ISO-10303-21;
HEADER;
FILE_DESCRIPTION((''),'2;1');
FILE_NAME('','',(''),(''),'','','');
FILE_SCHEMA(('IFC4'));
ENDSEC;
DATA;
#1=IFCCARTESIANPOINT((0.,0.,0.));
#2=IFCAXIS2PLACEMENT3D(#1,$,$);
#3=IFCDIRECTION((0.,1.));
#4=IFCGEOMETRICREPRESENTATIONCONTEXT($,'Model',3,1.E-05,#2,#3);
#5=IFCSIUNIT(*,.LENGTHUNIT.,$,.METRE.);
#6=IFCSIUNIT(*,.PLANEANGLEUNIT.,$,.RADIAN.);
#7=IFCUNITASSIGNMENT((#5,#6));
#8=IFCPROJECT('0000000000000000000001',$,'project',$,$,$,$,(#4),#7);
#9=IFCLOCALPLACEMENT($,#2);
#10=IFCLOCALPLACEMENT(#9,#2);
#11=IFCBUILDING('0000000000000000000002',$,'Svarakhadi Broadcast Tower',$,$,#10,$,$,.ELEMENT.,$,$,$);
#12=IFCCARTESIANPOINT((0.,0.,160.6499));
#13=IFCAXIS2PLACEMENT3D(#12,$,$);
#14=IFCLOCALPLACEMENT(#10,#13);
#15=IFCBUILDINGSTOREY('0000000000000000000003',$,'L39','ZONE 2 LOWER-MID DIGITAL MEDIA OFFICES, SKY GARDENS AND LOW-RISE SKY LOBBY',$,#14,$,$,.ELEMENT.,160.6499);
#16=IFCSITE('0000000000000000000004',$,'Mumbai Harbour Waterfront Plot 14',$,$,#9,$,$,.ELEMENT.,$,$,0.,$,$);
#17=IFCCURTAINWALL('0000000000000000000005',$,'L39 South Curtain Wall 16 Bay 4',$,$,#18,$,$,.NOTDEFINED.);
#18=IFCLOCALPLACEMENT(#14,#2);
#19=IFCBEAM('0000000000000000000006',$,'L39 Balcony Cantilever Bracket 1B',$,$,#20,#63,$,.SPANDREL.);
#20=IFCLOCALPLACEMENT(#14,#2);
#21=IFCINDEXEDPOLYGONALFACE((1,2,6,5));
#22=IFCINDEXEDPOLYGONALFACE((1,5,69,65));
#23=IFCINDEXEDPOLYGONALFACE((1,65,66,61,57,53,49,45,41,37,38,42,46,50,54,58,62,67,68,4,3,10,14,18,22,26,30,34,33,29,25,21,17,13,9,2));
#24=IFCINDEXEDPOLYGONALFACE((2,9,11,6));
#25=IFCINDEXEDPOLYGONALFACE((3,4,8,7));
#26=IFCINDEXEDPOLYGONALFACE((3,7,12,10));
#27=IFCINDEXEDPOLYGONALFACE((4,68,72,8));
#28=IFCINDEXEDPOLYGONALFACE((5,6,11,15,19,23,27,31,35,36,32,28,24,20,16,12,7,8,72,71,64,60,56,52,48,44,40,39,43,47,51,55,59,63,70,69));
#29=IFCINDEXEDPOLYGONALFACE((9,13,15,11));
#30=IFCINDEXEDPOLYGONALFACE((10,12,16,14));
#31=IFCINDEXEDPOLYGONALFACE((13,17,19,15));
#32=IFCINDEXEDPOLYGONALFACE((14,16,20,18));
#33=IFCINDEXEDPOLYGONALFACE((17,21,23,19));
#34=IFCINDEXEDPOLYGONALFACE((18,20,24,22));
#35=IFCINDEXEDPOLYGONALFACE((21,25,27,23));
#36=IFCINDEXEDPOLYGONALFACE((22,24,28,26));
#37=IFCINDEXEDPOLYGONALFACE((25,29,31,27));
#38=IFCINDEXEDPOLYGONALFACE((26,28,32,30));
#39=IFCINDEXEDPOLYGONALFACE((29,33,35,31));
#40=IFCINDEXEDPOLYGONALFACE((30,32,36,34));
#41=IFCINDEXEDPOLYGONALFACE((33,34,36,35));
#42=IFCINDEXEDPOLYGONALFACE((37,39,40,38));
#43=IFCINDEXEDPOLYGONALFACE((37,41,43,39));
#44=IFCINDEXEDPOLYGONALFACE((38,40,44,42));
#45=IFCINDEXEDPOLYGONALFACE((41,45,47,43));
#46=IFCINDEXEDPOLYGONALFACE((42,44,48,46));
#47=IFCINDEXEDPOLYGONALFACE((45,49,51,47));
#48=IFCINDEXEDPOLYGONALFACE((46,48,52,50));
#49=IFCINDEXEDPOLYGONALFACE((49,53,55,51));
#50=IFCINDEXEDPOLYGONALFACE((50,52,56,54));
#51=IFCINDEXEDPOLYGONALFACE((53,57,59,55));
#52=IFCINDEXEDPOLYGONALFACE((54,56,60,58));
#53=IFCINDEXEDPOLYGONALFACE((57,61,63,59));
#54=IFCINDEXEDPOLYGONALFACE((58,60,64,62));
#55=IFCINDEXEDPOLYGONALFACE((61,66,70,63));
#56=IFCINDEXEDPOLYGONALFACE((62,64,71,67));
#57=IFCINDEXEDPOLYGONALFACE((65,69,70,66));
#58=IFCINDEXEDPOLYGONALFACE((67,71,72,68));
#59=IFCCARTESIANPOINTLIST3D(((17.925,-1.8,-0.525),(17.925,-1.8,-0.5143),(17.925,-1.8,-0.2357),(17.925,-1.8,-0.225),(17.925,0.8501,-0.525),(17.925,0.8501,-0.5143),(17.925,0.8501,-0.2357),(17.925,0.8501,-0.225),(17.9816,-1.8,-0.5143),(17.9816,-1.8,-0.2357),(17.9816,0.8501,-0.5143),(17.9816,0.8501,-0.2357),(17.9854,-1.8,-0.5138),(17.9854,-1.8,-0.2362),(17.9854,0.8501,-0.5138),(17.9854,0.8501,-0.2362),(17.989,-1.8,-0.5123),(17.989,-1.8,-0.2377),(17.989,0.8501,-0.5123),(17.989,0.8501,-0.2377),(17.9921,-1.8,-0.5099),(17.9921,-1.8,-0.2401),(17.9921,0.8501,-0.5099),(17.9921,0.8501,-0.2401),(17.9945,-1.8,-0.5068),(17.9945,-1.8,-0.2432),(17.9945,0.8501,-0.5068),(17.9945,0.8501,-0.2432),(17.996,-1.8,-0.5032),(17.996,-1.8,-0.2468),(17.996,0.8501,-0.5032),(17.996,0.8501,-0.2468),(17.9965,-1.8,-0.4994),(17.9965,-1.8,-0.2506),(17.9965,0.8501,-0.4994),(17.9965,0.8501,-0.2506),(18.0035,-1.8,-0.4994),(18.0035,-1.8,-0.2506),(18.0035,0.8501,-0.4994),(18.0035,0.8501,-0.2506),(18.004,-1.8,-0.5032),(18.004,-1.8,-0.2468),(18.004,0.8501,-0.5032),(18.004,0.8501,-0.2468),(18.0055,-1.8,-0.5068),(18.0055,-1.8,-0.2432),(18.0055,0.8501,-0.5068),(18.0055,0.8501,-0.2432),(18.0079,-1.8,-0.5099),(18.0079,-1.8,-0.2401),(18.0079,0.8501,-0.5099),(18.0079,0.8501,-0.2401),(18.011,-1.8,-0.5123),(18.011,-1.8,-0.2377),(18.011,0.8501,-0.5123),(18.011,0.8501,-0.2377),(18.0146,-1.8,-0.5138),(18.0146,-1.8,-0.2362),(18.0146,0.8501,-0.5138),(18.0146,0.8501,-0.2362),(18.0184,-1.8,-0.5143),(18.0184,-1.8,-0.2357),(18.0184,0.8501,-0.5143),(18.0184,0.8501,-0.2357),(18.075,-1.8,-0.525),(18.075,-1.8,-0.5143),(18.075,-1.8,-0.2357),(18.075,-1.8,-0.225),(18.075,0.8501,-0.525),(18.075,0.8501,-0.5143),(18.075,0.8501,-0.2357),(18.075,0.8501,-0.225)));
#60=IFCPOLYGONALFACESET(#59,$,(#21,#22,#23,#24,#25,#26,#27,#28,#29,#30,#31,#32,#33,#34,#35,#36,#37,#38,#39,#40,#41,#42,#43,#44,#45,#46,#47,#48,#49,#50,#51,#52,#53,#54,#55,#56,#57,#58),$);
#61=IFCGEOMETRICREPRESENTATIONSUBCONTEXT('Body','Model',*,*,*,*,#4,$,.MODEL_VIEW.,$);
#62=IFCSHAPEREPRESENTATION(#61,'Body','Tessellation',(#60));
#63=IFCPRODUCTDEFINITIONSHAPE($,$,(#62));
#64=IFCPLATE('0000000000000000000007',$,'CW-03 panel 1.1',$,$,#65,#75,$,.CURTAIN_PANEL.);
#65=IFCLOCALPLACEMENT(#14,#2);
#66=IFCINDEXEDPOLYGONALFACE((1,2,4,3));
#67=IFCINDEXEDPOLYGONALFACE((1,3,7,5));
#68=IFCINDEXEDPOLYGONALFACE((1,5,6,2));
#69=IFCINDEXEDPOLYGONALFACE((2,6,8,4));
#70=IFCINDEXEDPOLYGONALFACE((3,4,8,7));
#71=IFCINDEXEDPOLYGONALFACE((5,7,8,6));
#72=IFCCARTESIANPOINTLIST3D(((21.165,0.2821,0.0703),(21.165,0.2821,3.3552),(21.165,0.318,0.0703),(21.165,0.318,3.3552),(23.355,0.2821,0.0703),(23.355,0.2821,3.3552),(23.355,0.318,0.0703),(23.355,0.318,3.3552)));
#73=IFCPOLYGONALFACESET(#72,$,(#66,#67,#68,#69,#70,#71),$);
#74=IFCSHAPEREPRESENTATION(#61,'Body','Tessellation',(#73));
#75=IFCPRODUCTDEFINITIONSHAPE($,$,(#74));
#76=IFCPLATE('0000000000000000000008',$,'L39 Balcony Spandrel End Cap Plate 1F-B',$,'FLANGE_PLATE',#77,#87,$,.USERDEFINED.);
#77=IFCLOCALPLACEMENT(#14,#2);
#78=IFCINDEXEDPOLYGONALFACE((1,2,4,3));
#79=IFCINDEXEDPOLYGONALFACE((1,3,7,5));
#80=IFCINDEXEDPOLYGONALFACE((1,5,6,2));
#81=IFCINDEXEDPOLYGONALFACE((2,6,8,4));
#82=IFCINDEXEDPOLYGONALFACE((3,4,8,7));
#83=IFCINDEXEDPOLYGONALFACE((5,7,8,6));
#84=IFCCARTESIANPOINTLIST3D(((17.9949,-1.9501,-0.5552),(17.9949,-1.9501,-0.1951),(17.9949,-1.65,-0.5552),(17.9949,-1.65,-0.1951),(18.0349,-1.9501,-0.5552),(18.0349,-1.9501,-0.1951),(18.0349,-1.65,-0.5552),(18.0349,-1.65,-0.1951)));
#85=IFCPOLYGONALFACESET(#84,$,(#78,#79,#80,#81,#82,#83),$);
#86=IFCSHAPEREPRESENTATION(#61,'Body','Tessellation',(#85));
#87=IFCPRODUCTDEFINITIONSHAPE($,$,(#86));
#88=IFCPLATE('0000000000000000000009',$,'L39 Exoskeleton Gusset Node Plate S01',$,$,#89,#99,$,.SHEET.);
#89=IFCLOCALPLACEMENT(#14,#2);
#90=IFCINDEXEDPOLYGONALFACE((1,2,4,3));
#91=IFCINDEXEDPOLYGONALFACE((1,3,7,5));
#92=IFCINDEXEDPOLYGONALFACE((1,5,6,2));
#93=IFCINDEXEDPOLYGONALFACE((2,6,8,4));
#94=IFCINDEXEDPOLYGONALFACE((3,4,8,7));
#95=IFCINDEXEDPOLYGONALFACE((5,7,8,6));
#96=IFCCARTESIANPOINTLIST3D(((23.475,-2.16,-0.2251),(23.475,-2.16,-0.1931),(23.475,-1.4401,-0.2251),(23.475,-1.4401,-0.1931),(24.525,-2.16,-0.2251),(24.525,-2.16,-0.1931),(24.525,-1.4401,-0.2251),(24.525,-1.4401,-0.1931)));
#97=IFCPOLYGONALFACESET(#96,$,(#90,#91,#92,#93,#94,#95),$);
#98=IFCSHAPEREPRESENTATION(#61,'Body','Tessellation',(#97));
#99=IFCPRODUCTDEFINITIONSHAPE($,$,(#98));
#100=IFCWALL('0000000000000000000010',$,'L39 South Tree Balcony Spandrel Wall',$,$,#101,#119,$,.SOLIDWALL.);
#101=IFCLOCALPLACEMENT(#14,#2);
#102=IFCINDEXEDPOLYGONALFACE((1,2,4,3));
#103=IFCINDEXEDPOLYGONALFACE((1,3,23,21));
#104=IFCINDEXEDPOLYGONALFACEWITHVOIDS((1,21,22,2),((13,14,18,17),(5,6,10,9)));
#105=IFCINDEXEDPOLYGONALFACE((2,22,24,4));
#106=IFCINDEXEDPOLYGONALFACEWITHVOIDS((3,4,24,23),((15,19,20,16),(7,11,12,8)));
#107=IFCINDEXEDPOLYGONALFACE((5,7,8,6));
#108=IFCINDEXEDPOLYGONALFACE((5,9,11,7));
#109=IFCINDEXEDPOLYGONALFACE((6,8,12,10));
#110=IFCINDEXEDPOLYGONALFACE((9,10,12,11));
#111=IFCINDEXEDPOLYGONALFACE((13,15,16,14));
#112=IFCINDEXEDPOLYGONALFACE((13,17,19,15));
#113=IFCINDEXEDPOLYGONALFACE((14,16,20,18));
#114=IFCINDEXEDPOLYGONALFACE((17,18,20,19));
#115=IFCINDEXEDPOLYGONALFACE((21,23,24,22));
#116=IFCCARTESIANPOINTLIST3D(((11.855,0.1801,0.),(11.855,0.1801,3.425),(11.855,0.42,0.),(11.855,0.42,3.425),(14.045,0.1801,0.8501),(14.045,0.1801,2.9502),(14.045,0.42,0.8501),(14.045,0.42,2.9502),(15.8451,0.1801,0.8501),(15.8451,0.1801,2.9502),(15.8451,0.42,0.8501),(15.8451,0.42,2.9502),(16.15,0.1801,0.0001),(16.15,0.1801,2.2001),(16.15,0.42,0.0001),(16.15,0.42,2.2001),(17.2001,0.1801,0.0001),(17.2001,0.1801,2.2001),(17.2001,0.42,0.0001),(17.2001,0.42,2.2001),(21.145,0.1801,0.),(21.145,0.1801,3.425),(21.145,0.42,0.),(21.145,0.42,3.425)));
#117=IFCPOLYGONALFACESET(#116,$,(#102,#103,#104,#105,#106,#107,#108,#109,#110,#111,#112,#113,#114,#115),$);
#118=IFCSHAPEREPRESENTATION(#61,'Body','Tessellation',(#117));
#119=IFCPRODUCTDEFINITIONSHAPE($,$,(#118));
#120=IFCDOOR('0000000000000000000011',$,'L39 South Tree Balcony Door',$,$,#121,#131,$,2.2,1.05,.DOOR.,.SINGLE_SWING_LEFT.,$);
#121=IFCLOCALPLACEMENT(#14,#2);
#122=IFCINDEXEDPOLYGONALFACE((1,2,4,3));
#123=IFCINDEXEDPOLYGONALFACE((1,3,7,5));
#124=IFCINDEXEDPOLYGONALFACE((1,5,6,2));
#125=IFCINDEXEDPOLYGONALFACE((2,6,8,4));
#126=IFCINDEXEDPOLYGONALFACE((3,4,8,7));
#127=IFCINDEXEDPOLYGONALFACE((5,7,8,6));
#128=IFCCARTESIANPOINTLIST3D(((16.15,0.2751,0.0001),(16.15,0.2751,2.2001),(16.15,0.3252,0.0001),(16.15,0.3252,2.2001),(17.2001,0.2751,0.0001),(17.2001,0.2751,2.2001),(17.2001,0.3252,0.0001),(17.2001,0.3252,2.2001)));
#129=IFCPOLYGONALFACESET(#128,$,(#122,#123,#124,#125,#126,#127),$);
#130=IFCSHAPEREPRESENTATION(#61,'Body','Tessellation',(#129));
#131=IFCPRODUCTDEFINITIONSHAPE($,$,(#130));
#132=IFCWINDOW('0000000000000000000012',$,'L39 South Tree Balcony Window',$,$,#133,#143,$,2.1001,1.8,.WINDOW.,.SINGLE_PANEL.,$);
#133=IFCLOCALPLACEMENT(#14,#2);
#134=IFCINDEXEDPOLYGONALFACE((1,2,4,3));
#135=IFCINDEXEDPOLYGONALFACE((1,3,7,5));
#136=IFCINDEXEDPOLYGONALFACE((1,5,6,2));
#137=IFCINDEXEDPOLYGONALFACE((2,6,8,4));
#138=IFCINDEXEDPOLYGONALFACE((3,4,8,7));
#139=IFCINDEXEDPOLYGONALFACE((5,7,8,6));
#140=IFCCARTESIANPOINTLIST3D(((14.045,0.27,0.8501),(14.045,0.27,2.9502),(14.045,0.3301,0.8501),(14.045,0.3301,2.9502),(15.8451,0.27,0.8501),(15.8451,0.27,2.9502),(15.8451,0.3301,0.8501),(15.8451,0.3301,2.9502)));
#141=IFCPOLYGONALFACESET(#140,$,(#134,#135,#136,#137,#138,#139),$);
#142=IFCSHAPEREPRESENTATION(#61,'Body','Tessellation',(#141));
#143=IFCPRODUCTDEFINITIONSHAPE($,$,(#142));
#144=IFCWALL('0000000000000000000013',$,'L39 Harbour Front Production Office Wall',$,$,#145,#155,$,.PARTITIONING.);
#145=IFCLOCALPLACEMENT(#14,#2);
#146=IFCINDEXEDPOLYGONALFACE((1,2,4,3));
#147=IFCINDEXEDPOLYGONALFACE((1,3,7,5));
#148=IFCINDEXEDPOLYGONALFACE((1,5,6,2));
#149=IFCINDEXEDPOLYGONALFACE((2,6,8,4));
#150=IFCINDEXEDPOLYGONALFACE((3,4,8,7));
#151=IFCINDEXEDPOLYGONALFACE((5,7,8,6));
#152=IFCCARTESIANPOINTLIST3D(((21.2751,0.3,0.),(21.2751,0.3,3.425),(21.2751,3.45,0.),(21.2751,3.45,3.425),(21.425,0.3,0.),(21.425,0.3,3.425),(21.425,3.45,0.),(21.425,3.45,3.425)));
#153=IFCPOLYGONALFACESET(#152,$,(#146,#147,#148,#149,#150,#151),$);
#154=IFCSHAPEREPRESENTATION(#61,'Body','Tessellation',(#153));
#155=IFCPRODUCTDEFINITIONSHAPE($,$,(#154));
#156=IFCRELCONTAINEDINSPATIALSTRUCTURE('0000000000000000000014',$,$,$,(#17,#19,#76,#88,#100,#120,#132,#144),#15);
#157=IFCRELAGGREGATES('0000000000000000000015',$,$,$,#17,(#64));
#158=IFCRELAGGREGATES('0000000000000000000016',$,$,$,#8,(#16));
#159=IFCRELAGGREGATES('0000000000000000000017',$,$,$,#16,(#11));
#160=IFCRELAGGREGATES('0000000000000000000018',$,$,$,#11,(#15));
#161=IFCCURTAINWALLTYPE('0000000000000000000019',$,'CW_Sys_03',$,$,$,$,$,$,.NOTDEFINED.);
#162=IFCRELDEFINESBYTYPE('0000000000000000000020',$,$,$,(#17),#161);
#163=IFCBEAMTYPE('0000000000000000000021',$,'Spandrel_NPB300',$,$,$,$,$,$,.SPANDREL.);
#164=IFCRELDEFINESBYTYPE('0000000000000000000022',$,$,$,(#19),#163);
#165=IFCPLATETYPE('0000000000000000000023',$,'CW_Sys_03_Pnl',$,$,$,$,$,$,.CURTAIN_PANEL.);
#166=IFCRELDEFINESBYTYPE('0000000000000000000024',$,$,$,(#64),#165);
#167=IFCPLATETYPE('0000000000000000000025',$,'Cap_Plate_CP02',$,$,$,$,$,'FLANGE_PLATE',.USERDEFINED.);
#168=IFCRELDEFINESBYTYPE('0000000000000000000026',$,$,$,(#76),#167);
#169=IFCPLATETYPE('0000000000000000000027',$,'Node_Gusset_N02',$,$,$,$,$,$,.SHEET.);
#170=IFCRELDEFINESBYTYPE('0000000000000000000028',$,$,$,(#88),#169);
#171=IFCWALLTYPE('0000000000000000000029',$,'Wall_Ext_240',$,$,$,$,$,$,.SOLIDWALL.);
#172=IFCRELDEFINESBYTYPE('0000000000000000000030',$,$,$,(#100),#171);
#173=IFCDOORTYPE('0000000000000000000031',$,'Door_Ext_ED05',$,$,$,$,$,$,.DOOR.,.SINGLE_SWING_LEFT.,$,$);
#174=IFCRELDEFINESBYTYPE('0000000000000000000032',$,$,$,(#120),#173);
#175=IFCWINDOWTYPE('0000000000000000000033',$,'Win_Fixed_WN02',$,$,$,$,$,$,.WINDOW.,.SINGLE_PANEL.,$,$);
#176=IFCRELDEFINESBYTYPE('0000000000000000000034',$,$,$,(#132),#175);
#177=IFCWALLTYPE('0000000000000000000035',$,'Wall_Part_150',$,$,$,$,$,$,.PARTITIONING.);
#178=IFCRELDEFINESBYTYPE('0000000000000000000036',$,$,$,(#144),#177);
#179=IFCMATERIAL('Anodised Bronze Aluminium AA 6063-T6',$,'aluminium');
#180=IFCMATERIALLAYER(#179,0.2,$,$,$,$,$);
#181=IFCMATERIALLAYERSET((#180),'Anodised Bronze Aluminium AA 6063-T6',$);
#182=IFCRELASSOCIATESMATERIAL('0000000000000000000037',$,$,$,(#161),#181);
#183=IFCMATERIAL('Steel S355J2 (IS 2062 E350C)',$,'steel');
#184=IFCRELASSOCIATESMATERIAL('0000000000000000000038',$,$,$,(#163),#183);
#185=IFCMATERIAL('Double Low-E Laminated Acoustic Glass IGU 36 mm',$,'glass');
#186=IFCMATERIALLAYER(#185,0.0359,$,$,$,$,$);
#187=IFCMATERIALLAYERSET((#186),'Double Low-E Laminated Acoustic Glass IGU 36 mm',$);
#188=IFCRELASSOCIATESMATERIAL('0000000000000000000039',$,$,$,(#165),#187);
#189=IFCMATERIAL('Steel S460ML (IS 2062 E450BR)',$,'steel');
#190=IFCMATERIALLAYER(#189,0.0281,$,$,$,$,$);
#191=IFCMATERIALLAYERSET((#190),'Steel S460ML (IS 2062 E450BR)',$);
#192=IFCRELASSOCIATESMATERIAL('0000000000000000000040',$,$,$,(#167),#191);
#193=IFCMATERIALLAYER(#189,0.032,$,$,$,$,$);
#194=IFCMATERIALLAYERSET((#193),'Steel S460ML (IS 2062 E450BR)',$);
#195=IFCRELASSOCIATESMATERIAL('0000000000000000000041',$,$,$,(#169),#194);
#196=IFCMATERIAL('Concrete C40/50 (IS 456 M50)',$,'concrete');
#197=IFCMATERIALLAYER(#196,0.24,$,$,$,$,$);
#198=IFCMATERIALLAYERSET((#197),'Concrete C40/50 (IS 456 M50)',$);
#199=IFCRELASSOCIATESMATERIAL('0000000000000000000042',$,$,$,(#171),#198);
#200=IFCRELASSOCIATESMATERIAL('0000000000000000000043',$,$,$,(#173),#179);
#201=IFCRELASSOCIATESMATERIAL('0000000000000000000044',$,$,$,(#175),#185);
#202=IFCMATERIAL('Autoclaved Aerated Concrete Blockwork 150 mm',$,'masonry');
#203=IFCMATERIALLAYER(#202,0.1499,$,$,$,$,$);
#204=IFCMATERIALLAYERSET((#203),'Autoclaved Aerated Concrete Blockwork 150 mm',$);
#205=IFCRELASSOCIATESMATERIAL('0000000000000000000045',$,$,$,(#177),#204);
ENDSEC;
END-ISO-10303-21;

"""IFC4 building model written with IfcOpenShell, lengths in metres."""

from ifc_helpers import new_model, si_unit, direction, frame, frame_2d, origin, origin_2d, place, context, subcontext, project, spatial, rectangle, i_section, extrude, material, layer, layer_set, material_profile, profile_set, type_object, element, fill, aggregate, save


model = new_model("IFC4")

# Units and contexts
model_context = context("Model", 3, precision=1e-05, world=origin(), true_north=direction((0.0, 1.0)))
body_context = subcontext(model_context, "Body", "Model", "MODEL_VIEW")
ifc_project = project(units=[si_unit("LENGTHUNIT", "METRE"), si_unit("PLANEANGLEUNIT", "RADIAN")], contexts=[model_context])

# Site, building, storey
site_placement = place(None, origin())
site = spatial("IfcSite", under=ifc_project, at=site_placement, Name="Mumbai Harbour Waterfront Plot 14", CompositionType="ELEMENT", RefElevation=0.0)
building_placement = place(site_placement, origin())
building = spatial("IfcBuilding", under=site, at=building_placement, Name="Svarakhadi Broadcast Tower", CompositionType="ELEMENT")
storey_placement = place(building_placement, frame((0.0, 0.0, 160.6499)))
storey = spatial("IfcBuildingStorey", under=building, at=storey_placement, Name="L39", Description="ZONE 2 LOWER-MID DIGITAL MEDIA OFFICES, SKY GARDENS AND LOW-RISE SKY LOBBY", CompositionType="ELEMENT", Elevation=160.6499)

# Curtain wall
ifc_material_1 = material(Name="Anodised Bronze Aluminium AA 6063-T6", Category="aluminium")
ifc_layer_1 = layer(ifc_material_1, 0.2)
ifc_layer_set_1 = layer_set([ifc_layer_1], Name="Anodised Bronze Aluminium AA 6063-T6")
curtain_wall_type = type_object("IfcCurtainWallType", Name="CW_Sys_03", PredefinedType="NOTDEFINED", material=ifc_layer_set_1)
curtain_wall_placement = place(storey_placement, origin())
curtain_wall = element("IfcCurtainWall", 1, at=curtain_wall_placement, inside=storey, type_object=curtain_wall_type, Name="L39 South Curtain Wall 16 Bay 4", PredefinedType="NOTDEFINED")

# Shared definitions
ifc_material_2 = material(Name="Steel S460ML (IS 2062 E450BR)", Category="steel")

# Beam
ifc_material_3 = material(Name="Steel S355J2 (IS 2062 E350C)", Category="steel")
ifc_material_profile_1 = material_profile(ifc_material_3, i_section(OverallWidth=0.1499, OverallDepth=0.3, WebThickness=0.0071, FlangeThickness=0.0107, FilletRadius=0.0149, at=origin_2d()), Name="NPB 300x150x37")
ifc_profile_set_1 = profile_set([ifc_material_profile_1], Name="Steel S355J2 (IS 2062 E350C)")
beam_type_1 = type_object("IfcBeamType", Name="Spandrel_NPB300", PredefinedType="SPANDREL", material=ifc_profile_set_1)
beam_1_placement = place(storey_placement, frame((18.0, 0.8501, -0.375), z_axis=(0.0, -1.0, 0.0), x_axis=(1.0, 0.0, 0.0)))
element("IfcBeam", 2, at=beam_1_placement, inside=storey, type_object=beam_type_1, Name="L39 Balcony Cantilever Bracket 1B", PredefinedType="SPANDREL", context=body_context, shape_type="SweptSolid", body=[
    extrude(i_section(OverallWidth=0.1499, OverallDepth=0.3, WebThickness=0.0071, FlangeThickness=0.0107, FilletRadius=0.0149, at=origin_2d()), origin(), (0.0, 0.0, 1.0), 2.6501),
])

# Plate
ifc_material_4 = material(Name="Double Low-E Laminated Acoustic Glass IGU 36 mm", Category="glass")
ifc_layer_2 = layer(ifc_material_4, 0.0359)
ifc_layer_set_2 = layer_set([ifc_layer_2], Name="Double Low-E Laminated Acoustic Glass IGU 36 mm")
plate_type_1 = type_object("IfcPlateType", Name="CW_Sys_03_Pnl", PredefinedType="CURTAIN_PANEL", material=ifc_layer_set_2)
plate_1_placement = place(storey_placement, frame((22.26, 0.3, 0.0703), z_axis=(0.0, 0.0, 1.0), x_axis=(-1.0, 0.0, 0.0)))
plate_1 = element("IfcPlate", 3, at=plate_1_placement, type_object=plate_type_1, Name="CW-03 panel 1.1", PredefinedType="CURTAIN_PANEL", context=body_context, shape_type="SweptSolid", body=[
    extrude(rectangle(XDim=2.1899, YDim=0.0359, at=origin_2d()), origin(), (0.0, 0.0, 1.0), 3.2849),
])
aggregate(curtain_wall, [plate_1])

# Plates
ifc_layer_3 = layer(ifc_material_2, 0.0281)
ifc_layer_set_3 = layer_set([ifc_layer_3], Name="Steel S460ML (IS 2062 E450BR)")
plate_type_2 = type_object("IfcPlateType", Name="Cap_Plate_CP02", ElementType="FLANGE_PLATE", PredefinedType="USERDEFINED", material=ifc_layer_set_3)
plate_2_placement = place(storey_placement, frame((18.0149, -1.8, -0.5552), z_axis=(0.0, 0.0, 1.0), x_axis=(1.0, 0.0, 0.0)))
element("IfcPlate", 4, at=plate_2_placement, inside=storey, type_object=plate_type_2, Name="L39 Balcony Spandrel End Cap Plate 1F-B", ObjectType="FLANGE_PLATE", PredefinedType="USERDEFINED", context=body_context, shape_type="SweptSolid", body=[
    extrude(rectangle(XDim=0.04, YDim=0.3, at=origin_2d()), origin(), (0.0, 0.0, 1.0), 0.3601),
])
ifc_layer_4 = layer(ifc_material_2, 0.032)
ifc_layer_set_4 = layer_set([ifc_layer_4], Name="Steel S460ML (IS 2062 E450BR)")
plate_type_3 = type_object("IfcPlateType", Name="Node_Gusset_N02", PredefinedType="SHEET", material=ifc_layer_set_4)
plate_3_placement = place(storey_placement, frame((24.0, -1.8, -0.2251), z_axis=(0.0, 0.0, 1.0), x_axis=(1.0, 0.0, 0.0)))
element("IfcPlate", 5, at=plate_3_placement, inside=storey, type_object=plate_type_3, Name="L39 Exoskeleton Gusset Node Plate S01", PredefinedType="SHEET", context=body_context, shape_type="SweptSolid", body=[
    extrude(rectangle(XDim=1.05, YDim=0.72, at=origin_2d()), origin(), (0.0, 0.0, 1.0), 0.032),
])

# Wall, openings, door, window
ifc_material_5 = material(Name="Concrete C40/50 (IS 456 M50)", Category="concrete")
ifc_layer_5 = layer(ifc_material_5, 0.24)
ifc_layer_set_5 = layer_set([ifc_layer_5], Name="Concrete C40/50 (IS 456 M50)")
wall_type_1 = type_object("IfcWallType", Name="Wall_Ext_240", PredefinedType="SOLIDWALL", material=ifc_layer_set_5)
wall_1_placement = place(storey_placement, frame((21.145, 0.3, 0.0), z_axis=(0.0, 0.0, 1.0), x_axis=(-1.0, 0.0, 0.0)))
wall_1 = element("IfcWall", 6, at=wall_1_placement, inside=storey, type_object=wall_type_1, Name="L39 South Tree Balcony Spandrel Wall", PredefinedType="SOLIDWALL", context=body_context, shape_type="SweptSolid", body=[
    extrude(rectangle(XDim=9.29, YDim=0.24, at=frame_2d((4.645, 0.0))), origin(), (0.0, 0.0, 1.0), 3.425),
])
opening_1_placement = place(wall_1_placement, frame((3.9451, 0.0, 0.0)))
opening_1 = element("IfcOpeningElement", 7, at=opening_1_placement, cuts=wall_1, PredefinedType="OPENING", context=body_context, shape_type="SweptSolid", body=[
    extrude(rectangle(XDim=1.05, YDim=2.2, at=frame_2d((0.5249, 1.1001))), frame((0.0, 0.1299, 0.0), z_axis=(0.0, -1.0, 0.0), x_axis=(1.0, 0.0, 0.0)), (0.0, 0.0, 1.0), 0.26),
])
opening_2_placement = place(wall_1_placement, frame((5.3, 0.0, 0.8501)))
opening_2 = element("IfcOpeningElement", 8, at=opening_2_placement, cuts=wall_1, PredefinedType="OPENING", context=body_context, shape_type="SweptSolid", body=[
    extrude(rectangle(XDim=1.8, YDim=2.1001, at=frame_2d((0.8999, 1.05))), frame((0.0, 0.1299, 0.0), z_axis=(0.0, -1.0, 0.0), x_axis=(1.0, 0.0, 0.0)), (0.0, 0.0, 1.0), 0.26),
])
door_type = type_object("IfcDoorType", Name="Door_Ext_ED05", OperationType="SINGLE_SWING_LEFT", PredefinedType="DOOR", material=ifc_material_1)
door_placement = place(opening_1_placement, origin())
door = element("IfcDoor", 9, at=door_placement, inside=storey, type_object=door_type, Name="L39 South Tree Balcony Door", OperationType="SINGLE_SWING_LEFT", OverallHeight=2.2, OverallWidth=1.05, PredefinedType="DOOR", context=body_context, shape_type="SweptSolid", body=[
    extrude(rectangle(XDim=1.05, YDim=2.2, at=frame_2d((0.5249, 1.1001))), frame((0.0, 0.0249, 0.0), z_axis=(0.0, -1.0, 0.0), x_axis=(1.0, 0.0, 0.0)), (0.0, 0.0, 1.0), 0.05),
])
fill(opening_1, door)
window_type = type_object("IfcWindowType", Name="Win_Fixed_WN02", PartitioningType="SINGLE_PANEL", PredefinedType="WINDOW", material=ifc_material_4)
window_placement = place(opening_2_placement, origin())
window = element("IfcWindow", 10, at=window_placement, inside=storey, type_object=window_type, Name="L39 South Tree Balcony Window", OverallHeight=2.1001, OverallWidth=1.8, PartitioningType="SINGLE_PANEL", PredefinedType="WINDOW", context=body_context, shape_type="SweptSolid", body=[
    extrude(rectangle(XDim=1.8, YDim=2.1001, at=frame_2d((0.8999, 1.05))), frame((0.0, 0.03, 0.0), z_axis=(0.0, -1.0, 0.0), x_axis=(1.0, 0.0, 0.0)), (0.0, 0.0, 1.0), 0.0601),
])
fill(opening_2, window)

# Wall
ifc_material_6 = material(Name="Autoclaved Aerated Concrete Blockwork 150 mm", Category="masonry")
ifc_layer_6 = layer(ifc_material_6, 0.1499)
ifc_layer_set_6 = layer_set([ifc_layer_6], Name="Autoclaved Aerated Concrete Blockwork 150 mm")
wall_type_2 = type_object("IfcWallType", Name="Wall_Part_150", PredefinedType="PARTITIONING", material=ifc_layer_set_6)
wall_2_placement = place(storey_placement, frame((21.3501, 0.3, 0.0), z_axis=(0.0, 0.0, 1.0), x_axis=(0.0, 1.0, 0.0)))
element("IfcWall", 11, at=wall_2_placement, inside=storey, type_object=wall_type_2, Name="L39 Harbour Front Production Office Wall", PredefinedType="PARTITIONING", context=body_context, shape_type="SweptSolid", body=[
    extrude(rectangle(XDim=3.1499, YDim=0.1499, at=frame_2d((1.575, 0.0))), origin(), (0.0, 0.0, 1.0), 3.425),
])

save(model, "model.ifc")
